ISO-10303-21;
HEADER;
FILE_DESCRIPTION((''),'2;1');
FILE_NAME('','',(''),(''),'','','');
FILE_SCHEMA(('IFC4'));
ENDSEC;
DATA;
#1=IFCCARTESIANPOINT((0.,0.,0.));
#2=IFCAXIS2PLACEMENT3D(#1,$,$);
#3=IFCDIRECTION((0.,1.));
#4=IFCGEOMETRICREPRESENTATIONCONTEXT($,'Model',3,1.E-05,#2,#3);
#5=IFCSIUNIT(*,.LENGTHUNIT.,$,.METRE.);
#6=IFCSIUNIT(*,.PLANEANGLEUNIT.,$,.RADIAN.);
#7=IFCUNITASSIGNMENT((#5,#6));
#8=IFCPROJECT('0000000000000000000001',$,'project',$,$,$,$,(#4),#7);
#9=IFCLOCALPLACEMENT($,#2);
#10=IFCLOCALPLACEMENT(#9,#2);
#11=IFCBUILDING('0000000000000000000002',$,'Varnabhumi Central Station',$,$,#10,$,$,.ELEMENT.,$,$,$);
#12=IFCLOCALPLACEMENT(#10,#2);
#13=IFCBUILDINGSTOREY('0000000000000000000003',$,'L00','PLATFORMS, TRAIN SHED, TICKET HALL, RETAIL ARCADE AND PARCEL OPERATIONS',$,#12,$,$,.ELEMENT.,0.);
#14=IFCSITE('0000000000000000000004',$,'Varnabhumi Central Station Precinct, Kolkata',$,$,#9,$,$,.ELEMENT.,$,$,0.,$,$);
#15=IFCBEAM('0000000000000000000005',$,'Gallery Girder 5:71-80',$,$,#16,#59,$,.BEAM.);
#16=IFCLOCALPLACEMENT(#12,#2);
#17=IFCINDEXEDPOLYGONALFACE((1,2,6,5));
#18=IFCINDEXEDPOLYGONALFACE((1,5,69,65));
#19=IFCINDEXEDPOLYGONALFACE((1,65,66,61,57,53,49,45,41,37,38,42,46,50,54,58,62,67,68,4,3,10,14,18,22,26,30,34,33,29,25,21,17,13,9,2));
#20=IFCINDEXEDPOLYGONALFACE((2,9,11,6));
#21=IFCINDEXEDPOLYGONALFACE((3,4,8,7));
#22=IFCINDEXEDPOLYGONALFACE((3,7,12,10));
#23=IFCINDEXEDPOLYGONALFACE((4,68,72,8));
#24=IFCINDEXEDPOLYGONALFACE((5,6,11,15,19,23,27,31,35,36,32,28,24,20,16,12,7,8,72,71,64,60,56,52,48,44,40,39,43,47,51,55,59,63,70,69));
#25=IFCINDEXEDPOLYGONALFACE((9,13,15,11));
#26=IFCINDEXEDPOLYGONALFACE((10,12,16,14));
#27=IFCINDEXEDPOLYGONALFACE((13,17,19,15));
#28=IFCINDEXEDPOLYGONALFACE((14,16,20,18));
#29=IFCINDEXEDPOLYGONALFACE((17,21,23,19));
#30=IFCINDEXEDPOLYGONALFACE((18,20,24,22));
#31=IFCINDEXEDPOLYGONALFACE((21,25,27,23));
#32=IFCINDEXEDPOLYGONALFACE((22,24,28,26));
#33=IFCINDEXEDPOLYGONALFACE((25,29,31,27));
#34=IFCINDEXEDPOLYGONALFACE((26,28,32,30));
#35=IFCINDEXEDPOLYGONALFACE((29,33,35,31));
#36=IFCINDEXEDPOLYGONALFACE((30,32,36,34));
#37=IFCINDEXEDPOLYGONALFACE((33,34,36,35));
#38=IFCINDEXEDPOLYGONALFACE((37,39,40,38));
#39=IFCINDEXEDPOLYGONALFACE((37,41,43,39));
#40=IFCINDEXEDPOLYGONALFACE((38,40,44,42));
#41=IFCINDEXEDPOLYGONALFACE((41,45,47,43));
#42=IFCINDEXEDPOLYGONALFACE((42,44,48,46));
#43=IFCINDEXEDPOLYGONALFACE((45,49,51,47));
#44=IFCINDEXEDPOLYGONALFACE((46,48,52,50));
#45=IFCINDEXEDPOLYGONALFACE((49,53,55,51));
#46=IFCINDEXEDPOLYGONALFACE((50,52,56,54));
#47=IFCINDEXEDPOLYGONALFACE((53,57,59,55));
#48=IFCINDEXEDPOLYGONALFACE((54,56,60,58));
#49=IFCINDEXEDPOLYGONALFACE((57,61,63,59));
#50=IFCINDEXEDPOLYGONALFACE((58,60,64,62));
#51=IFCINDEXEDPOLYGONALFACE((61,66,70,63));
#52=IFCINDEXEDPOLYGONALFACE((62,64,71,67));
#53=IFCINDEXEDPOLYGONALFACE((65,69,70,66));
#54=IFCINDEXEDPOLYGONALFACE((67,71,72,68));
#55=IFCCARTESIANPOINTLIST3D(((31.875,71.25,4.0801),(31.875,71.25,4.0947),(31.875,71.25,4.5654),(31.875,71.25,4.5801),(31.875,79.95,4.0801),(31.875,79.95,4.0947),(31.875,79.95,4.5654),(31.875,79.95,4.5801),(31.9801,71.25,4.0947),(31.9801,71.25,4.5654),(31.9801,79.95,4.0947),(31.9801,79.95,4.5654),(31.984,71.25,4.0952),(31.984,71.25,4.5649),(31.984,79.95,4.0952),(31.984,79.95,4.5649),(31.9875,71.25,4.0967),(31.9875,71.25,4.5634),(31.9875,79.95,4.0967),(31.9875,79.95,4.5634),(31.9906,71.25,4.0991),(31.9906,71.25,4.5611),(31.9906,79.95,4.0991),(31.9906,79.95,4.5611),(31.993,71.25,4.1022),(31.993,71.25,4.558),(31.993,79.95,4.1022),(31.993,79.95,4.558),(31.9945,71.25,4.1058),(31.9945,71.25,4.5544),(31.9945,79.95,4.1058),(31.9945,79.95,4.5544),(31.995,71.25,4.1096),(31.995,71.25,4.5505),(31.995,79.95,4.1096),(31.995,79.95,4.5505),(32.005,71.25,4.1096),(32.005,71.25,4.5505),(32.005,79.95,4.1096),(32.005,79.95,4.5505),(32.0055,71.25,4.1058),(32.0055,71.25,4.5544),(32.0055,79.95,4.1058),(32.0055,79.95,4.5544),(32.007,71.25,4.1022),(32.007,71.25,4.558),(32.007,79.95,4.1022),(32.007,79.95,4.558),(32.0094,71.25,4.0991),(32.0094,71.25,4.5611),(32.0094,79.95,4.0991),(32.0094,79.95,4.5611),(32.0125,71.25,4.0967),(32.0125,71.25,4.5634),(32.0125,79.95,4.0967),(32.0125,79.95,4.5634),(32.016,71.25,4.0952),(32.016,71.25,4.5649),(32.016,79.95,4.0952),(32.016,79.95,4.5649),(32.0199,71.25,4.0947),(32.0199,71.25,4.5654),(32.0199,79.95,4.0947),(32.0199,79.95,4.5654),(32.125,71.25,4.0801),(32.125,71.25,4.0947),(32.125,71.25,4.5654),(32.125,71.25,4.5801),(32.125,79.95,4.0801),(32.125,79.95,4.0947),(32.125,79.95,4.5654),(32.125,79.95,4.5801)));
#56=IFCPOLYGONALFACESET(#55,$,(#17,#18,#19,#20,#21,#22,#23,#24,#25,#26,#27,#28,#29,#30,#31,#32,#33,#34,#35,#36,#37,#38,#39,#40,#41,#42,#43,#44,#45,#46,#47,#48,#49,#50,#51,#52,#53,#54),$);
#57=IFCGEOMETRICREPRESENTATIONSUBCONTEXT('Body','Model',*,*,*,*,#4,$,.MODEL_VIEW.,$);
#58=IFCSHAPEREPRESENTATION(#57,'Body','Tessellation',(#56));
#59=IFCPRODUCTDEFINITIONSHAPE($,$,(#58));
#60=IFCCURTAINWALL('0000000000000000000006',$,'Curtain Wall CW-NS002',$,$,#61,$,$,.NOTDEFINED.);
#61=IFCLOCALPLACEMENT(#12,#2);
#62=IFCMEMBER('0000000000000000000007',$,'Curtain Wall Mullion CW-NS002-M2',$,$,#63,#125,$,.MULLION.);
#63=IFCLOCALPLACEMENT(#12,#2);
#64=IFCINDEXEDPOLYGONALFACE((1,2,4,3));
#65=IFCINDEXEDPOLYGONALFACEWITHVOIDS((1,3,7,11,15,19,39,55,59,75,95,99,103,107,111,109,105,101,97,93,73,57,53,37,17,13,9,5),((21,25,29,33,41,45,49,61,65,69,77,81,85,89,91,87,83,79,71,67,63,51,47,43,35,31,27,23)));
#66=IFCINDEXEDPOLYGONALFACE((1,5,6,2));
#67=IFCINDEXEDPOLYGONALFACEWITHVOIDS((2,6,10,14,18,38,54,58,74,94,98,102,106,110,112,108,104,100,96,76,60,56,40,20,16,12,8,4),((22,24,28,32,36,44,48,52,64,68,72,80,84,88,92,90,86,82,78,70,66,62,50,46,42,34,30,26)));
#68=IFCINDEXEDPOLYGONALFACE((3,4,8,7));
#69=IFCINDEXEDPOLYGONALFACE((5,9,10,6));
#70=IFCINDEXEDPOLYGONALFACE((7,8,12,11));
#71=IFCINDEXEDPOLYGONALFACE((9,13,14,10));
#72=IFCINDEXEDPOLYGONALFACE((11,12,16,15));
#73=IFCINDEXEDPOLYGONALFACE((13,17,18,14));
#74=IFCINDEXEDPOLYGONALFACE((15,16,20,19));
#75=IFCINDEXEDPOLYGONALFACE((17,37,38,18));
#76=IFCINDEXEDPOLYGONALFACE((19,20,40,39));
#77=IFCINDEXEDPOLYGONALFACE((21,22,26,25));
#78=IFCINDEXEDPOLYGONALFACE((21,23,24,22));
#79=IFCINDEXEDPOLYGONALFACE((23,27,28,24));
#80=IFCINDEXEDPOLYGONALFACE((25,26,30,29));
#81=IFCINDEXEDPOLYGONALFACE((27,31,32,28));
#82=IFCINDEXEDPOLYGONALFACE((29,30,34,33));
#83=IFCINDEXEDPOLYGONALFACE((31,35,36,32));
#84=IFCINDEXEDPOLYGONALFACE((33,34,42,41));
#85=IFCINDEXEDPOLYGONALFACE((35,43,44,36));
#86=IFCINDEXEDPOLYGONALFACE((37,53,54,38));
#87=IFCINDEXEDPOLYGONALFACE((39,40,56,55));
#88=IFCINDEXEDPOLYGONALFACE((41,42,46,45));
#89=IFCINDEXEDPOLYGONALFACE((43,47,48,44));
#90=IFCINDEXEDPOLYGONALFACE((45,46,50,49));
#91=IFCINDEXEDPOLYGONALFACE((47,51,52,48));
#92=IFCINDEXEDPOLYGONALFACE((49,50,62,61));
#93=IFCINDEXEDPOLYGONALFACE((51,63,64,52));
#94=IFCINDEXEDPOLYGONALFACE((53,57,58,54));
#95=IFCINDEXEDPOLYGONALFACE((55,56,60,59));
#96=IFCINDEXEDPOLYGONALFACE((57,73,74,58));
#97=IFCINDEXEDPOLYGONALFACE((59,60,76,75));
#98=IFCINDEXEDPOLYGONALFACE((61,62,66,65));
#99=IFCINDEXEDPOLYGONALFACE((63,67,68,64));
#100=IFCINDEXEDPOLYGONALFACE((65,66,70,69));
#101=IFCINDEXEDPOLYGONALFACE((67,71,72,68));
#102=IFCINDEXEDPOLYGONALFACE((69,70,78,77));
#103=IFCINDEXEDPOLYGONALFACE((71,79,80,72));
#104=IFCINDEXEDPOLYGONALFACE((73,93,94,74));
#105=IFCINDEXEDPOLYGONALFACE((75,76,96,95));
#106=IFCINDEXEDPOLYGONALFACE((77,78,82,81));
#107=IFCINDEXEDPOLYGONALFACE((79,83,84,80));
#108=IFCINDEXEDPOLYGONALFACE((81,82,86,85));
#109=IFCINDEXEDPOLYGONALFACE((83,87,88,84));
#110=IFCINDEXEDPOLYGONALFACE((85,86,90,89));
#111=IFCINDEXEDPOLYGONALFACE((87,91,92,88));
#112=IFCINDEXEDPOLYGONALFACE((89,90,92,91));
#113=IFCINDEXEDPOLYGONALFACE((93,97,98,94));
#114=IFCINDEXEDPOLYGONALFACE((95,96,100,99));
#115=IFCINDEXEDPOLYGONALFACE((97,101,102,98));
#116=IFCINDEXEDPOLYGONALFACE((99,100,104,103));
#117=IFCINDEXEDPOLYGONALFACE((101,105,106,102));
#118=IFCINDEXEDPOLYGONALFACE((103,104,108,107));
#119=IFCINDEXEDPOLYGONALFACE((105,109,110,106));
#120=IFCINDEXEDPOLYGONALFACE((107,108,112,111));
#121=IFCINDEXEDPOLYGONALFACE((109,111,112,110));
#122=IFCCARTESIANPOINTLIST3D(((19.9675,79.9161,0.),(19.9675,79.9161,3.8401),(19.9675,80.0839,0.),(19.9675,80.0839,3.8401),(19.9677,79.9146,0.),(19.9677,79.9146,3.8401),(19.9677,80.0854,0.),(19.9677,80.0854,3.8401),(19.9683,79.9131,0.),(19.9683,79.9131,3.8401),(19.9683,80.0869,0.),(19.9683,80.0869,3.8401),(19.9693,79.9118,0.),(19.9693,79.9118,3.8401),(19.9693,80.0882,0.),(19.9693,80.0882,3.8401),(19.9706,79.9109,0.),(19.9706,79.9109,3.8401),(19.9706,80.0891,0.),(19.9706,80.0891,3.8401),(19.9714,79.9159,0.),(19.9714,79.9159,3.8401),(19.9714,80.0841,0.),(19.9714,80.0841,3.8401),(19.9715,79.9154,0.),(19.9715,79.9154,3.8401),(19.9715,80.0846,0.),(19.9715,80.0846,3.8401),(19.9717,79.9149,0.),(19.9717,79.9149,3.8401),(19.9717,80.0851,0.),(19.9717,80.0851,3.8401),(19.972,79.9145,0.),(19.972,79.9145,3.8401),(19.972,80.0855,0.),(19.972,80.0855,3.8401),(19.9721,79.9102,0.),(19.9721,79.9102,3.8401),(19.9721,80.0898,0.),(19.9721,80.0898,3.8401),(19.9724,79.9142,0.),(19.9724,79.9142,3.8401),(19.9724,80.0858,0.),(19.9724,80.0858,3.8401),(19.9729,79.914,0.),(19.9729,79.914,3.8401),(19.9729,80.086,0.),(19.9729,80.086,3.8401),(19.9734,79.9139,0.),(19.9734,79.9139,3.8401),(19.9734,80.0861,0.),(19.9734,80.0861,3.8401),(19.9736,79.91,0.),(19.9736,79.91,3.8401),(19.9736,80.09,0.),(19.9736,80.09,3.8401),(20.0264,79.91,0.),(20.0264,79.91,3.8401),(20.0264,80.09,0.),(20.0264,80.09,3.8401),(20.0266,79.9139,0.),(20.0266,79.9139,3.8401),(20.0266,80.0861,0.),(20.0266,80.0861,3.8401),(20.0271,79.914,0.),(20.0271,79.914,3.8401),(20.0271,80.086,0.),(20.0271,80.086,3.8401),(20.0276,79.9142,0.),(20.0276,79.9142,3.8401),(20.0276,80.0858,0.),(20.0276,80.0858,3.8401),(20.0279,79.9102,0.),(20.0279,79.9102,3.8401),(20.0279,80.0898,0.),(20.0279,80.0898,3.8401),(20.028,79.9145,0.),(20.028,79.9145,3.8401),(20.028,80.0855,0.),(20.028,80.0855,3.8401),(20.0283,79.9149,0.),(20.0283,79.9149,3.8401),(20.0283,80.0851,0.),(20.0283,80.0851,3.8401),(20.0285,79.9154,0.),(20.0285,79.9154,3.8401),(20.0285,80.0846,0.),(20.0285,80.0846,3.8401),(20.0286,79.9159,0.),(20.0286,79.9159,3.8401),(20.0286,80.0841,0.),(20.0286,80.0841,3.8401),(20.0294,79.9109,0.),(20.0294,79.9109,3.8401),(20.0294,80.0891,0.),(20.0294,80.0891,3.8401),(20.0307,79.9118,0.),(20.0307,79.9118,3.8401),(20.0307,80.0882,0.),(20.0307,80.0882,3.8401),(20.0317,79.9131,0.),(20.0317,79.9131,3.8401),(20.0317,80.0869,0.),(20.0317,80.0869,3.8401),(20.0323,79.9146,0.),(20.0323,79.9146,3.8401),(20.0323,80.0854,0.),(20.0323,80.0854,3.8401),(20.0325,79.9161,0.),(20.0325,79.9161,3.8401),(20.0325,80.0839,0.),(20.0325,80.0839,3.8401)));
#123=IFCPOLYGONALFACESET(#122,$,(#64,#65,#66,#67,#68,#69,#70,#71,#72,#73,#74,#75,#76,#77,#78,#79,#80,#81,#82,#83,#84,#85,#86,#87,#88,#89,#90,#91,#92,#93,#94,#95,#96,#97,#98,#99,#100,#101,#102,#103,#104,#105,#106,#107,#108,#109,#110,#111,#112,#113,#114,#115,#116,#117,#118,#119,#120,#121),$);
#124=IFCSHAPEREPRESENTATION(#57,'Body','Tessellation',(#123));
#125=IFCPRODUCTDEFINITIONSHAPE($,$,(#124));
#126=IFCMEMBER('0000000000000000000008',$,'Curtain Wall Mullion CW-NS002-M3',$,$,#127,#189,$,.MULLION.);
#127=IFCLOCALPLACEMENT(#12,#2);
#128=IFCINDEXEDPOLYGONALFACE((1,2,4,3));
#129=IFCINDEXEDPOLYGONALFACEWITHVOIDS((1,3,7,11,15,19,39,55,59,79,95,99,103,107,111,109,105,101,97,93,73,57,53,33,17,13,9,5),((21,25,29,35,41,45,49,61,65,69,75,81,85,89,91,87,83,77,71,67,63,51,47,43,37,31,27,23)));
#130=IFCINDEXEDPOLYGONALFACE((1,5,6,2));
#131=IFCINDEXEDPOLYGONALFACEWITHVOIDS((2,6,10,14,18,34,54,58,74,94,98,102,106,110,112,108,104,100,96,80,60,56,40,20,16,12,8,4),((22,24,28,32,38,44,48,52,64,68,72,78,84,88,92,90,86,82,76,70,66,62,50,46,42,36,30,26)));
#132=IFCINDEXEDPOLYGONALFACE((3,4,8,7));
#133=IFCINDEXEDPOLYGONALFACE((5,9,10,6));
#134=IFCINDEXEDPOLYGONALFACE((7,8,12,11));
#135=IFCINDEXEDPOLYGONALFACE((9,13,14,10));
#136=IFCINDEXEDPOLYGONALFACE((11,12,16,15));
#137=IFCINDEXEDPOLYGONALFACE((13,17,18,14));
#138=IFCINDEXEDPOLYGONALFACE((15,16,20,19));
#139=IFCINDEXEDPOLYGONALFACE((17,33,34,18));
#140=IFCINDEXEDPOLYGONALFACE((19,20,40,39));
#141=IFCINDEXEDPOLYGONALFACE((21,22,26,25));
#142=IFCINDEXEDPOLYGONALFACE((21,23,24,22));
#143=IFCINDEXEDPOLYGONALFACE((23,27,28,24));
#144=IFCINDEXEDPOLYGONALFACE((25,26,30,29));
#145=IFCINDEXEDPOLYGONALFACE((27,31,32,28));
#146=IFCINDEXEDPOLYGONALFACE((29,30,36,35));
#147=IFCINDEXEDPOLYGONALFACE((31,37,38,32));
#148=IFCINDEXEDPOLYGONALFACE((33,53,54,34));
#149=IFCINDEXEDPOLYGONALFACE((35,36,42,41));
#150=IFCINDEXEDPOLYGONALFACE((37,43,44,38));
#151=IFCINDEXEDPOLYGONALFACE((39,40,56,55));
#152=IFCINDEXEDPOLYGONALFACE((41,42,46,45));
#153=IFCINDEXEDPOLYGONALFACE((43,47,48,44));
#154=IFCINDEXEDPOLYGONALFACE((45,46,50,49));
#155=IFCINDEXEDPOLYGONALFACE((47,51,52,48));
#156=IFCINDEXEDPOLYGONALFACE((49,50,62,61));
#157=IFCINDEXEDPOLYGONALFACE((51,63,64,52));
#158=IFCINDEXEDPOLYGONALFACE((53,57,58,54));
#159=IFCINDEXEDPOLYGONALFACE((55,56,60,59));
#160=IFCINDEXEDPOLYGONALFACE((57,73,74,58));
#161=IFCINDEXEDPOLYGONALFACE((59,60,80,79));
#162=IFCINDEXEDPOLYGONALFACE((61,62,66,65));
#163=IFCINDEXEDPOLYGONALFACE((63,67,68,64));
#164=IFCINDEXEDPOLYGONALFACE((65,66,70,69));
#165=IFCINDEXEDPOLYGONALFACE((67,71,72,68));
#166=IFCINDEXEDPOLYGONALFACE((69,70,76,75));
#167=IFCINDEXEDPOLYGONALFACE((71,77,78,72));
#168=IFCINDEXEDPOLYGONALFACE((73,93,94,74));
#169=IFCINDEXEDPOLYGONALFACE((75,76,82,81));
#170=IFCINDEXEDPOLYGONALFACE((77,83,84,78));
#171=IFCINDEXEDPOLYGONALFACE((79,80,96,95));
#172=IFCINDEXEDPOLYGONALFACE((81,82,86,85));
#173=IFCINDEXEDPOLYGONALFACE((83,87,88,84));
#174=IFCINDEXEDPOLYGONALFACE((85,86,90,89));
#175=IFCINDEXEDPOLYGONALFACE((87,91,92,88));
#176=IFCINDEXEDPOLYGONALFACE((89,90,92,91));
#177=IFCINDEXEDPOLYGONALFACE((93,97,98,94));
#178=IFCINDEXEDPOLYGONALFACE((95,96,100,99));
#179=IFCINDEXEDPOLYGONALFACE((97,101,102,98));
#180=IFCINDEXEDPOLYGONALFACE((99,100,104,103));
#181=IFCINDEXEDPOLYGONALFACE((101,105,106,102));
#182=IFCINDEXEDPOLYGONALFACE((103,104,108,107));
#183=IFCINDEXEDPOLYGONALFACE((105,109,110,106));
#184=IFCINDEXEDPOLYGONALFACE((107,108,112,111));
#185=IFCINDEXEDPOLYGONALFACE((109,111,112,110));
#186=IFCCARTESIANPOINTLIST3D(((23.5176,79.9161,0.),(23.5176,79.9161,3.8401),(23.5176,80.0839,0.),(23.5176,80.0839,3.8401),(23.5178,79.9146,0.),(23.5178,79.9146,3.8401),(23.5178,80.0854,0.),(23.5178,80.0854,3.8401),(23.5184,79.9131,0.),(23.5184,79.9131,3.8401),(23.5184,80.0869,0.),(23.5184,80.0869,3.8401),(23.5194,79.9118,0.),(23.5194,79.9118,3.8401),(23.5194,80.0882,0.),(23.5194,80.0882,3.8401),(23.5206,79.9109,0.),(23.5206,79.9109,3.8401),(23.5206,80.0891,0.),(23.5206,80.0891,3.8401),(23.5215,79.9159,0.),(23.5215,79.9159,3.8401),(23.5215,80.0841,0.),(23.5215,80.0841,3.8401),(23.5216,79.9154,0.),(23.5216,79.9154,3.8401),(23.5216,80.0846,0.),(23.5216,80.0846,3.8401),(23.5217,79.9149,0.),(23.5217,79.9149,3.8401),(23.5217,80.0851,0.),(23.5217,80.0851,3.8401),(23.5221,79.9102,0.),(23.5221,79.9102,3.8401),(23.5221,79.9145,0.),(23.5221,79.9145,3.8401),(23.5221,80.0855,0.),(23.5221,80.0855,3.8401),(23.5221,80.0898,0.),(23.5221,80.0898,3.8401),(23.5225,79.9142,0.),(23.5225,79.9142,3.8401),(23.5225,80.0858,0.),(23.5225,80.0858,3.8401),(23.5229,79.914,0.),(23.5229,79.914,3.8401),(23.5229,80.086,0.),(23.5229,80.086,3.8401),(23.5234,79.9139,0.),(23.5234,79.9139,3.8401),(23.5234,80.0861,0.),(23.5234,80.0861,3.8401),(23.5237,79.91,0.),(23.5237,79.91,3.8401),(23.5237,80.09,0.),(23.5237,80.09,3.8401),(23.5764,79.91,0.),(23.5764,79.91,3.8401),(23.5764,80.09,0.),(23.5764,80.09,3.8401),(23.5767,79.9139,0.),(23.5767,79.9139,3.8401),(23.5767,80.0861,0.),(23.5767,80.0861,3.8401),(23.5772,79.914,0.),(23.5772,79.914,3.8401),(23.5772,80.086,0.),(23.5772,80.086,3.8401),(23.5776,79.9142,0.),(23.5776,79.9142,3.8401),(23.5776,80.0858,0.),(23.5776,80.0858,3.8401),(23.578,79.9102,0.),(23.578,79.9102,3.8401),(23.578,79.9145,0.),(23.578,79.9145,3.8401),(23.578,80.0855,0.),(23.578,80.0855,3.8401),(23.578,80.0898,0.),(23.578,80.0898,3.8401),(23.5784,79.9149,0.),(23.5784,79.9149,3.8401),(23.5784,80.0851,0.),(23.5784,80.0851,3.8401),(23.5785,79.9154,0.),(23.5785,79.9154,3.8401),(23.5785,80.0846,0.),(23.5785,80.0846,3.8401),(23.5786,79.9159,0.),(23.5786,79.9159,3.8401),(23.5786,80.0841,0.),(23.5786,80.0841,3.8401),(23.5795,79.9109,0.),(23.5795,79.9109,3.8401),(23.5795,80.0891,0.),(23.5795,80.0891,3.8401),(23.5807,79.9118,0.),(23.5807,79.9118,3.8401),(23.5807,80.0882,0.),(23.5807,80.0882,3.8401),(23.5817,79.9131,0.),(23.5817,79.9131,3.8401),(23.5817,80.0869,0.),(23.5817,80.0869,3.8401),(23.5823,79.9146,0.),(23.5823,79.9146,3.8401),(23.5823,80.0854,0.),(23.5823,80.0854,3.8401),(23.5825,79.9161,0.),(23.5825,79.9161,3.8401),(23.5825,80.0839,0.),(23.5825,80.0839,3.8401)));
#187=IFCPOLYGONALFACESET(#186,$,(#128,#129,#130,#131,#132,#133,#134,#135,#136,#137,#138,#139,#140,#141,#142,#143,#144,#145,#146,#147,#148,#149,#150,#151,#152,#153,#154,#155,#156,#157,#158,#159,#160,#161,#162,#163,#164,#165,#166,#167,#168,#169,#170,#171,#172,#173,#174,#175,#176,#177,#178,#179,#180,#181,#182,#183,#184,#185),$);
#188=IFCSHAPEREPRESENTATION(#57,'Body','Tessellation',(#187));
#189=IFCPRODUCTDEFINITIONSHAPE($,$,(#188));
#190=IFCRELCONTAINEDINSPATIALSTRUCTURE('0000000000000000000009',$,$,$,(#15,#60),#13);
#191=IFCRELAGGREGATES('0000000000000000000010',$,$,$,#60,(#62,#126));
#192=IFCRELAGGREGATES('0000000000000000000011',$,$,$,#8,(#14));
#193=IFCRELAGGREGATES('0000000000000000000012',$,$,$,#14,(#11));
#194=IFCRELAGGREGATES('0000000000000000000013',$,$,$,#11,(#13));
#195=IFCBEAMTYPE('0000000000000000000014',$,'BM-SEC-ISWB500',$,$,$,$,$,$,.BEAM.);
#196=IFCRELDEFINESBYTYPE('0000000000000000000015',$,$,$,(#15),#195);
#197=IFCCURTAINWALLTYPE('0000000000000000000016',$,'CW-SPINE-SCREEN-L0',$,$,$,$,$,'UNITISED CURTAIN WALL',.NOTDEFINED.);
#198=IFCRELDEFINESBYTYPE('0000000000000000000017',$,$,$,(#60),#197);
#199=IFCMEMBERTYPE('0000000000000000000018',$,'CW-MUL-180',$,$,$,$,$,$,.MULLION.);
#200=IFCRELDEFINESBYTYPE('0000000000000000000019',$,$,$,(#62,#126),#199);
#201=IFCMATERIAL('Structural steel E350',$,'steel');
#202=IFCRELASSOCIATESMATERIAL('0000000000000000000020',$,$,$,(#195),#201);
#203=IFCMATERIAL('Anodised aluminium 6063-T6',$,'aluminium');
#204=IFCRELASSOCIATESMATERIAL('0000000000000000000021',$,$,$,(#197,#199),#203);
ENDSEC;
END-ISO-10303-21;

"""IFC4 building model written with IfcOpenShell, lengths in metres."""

from ifc_helpers import new_model, si_unit, direction, frame, origin, origin_2d, place, context, subcontext, project, spatial, hollow_rectangle, i_section, extrude, material, material_profile, profile_set, type_object, element, aggregate, save


model = new_model("IFC4")

# Units and contexts
model_context = context("Model", 3, precision=1e-05, world=origin(), true_north=direction((0.0, 1.0)))
body_context = subcontext(model_context, "Body", "Model", "MODEL_VIEW")
ifc_project = project(units=[si_unit("LENGTHUNIT", "METRE"), si_unit("PLANEANGLEUNIT", "RADIAN")], contexts=[model_context])

# Site, building, storey
site_placement = place(None, origin())
site = spatial("IfcSite", under=ifc_project, at=site_placement, Name="Varnabhumi Central Station Precinct, Kolkata", CompositionType="ELEMENT", RefElevation=0.0)
building_placement = place(site_placement, origin())
building = spatial("IfcBuilding", under=site, at=building_placement, Name="Varnabhumi Central Station", CompositionType="ELEMENT")
storey_placement = place(building_placement, origin())
storey = spatial("IfcBuildingStorey", under=building, at=storey_placement, Name="L00", Description="PLATFORMS, TRAIN SHED, TICKET HALL, RETAIL ARCADE AND PARCEL OPERATIONS", CompositionType="ELEMENT", Elevation=0.0)

# Shared definitions
ifc_material_1 = material(Name="Structural steel E350", Category="steel")

# Beam
ifc_material_profile_1 = material_profile(ifc_material_1, i_section(OverallWidth=0.25, OverallDepth=0.5, WebThickness=0.01, FlangeThickness=0.0146, FilletRadius=0.0149, at=origin_2d()), Name="Structural steel E350", Category="steel")
ifc_profile_set_1 = profile_set([ifc_material_profile_1], Name="Structural steel E350")
beam_type_1 = type_object("IfcBeamType", Name="BM-SEC-ISWB500", PredefinedType="BEAM", material=ifc_profile_set_1)
for number, where, z_axis, x_axis, name in (
    (1, (32.0, 71.25, 4.3301), (0.0, 1.0, 0.0), (-1.0, 0.0, 0.0), "Gallery Girder 5:71-80"),
):
    element("IfcBeam", number, at=place(storey_placement, frame(where, z_axis=z_axis, x_axis=x_axis)), inside=storey, type_object=beam_type_1, Name=name, PredefinedType="BEAM", context=body_context, shape_type="SweptSolid", body=[
        extrude(i_section(OverallWidth=0.25, OverallDepth=0.5, WebThickness=0.01, FlangeThickness=0.0146, FilletRadius=0.0149, at=origin_2d()), origin(), (0.0, 0.0, 1.0), 8.7),
    ])

# Curtain wall, members
ifc_material_2 = material(Name="Anodised aluminium 6063-T6", Category="aluminium")
curtain_wall_type = type_object("IfcCurtainWallType", Name="CW-SPINE-SCREEN-L0", ElementType="UNITISED CURTAIN WALL", PredefinedType="NOTDEFINED", material=ifc_material_2)
curtain_wall_placement = place(storey_placement, origin())
curtain_wall = element("IfcCurtainWall", 2, at=curtain_wall_placement, inside=storey, type_object=curtain_wall_type, Name="Curtain Wall CW-NS002", PredefinedType="NOTDEFINED")
ifc_material_profile_2 = material_profile(ifc_material_2, hollow_rectangle(XDim=0.0649, YDim=0.1799, WallThickness=0.0039, InnerFilletRadius=0.002, OuterFilletRadius=0.0061, at=origin_2d()), Name="Anodised aluminium 6063-T6", Category="aluminium")
ifc_profile_set_2 = profile_set([ifc_material_profile_2], Name="Anodised aluminium 6063-T6")
member_type_1 = type_object("IfcMemberType", Name="CW-MUL-180", PredefinedType="MULLION", material=ifc_profile_set_2)
member_1_placement = place(storey_placement, frame((20.0, 80.0, 0.0), z_axis=(0.0, 0.0, 1.0), x_axis=(1.0, 0.0, 0.0)))
member_1 = element("IfcMember", 3, at=member_1_placement, type_object=member_type_1, Name="Curtain Wall Mullion CW-NS002-M2", PredefinedType="MULLION", context=body_context, shape_type="SweptSolid", body=[
    extrude(hollow_rectangle(XDim=0.0649, YDim=0.1799, WallThickness=0.0039, InnerFilletRadius=0.002, OuterFilletRadius=0.0061, at=origin_2d()), origin(), (0.0, 0.0, 1.0), 3.8401),
])
member_2_placement = place(storey_placement, frame((23.55, 80.0, 0.0), z_axis=(0.0, 0.0, 1.0), x_axis=(1.0, 0.0, 0.0)))
member_2 = element("IfcMember", 4, at=member_2_placement, type_object=member_type_1, Name="Curtain Wall Mullion CW-NS002-M3", PredefinedType="MULLION", context=body_context, shape_type="SweptSolid", body=[
    extrude(hollow_rectangle(XDim=0.0649, YDim=0.1799, WallThickness=0.0039, InnerFilletRadius=0.002, OuterFilletRadius=0.0061, at=origin_2d()), origin(), (0.0, 0.0, 1.0), 3.8401),
])
aggregate(curtain_wall, [member_1, member_2])

save(model, "model.ifc")
